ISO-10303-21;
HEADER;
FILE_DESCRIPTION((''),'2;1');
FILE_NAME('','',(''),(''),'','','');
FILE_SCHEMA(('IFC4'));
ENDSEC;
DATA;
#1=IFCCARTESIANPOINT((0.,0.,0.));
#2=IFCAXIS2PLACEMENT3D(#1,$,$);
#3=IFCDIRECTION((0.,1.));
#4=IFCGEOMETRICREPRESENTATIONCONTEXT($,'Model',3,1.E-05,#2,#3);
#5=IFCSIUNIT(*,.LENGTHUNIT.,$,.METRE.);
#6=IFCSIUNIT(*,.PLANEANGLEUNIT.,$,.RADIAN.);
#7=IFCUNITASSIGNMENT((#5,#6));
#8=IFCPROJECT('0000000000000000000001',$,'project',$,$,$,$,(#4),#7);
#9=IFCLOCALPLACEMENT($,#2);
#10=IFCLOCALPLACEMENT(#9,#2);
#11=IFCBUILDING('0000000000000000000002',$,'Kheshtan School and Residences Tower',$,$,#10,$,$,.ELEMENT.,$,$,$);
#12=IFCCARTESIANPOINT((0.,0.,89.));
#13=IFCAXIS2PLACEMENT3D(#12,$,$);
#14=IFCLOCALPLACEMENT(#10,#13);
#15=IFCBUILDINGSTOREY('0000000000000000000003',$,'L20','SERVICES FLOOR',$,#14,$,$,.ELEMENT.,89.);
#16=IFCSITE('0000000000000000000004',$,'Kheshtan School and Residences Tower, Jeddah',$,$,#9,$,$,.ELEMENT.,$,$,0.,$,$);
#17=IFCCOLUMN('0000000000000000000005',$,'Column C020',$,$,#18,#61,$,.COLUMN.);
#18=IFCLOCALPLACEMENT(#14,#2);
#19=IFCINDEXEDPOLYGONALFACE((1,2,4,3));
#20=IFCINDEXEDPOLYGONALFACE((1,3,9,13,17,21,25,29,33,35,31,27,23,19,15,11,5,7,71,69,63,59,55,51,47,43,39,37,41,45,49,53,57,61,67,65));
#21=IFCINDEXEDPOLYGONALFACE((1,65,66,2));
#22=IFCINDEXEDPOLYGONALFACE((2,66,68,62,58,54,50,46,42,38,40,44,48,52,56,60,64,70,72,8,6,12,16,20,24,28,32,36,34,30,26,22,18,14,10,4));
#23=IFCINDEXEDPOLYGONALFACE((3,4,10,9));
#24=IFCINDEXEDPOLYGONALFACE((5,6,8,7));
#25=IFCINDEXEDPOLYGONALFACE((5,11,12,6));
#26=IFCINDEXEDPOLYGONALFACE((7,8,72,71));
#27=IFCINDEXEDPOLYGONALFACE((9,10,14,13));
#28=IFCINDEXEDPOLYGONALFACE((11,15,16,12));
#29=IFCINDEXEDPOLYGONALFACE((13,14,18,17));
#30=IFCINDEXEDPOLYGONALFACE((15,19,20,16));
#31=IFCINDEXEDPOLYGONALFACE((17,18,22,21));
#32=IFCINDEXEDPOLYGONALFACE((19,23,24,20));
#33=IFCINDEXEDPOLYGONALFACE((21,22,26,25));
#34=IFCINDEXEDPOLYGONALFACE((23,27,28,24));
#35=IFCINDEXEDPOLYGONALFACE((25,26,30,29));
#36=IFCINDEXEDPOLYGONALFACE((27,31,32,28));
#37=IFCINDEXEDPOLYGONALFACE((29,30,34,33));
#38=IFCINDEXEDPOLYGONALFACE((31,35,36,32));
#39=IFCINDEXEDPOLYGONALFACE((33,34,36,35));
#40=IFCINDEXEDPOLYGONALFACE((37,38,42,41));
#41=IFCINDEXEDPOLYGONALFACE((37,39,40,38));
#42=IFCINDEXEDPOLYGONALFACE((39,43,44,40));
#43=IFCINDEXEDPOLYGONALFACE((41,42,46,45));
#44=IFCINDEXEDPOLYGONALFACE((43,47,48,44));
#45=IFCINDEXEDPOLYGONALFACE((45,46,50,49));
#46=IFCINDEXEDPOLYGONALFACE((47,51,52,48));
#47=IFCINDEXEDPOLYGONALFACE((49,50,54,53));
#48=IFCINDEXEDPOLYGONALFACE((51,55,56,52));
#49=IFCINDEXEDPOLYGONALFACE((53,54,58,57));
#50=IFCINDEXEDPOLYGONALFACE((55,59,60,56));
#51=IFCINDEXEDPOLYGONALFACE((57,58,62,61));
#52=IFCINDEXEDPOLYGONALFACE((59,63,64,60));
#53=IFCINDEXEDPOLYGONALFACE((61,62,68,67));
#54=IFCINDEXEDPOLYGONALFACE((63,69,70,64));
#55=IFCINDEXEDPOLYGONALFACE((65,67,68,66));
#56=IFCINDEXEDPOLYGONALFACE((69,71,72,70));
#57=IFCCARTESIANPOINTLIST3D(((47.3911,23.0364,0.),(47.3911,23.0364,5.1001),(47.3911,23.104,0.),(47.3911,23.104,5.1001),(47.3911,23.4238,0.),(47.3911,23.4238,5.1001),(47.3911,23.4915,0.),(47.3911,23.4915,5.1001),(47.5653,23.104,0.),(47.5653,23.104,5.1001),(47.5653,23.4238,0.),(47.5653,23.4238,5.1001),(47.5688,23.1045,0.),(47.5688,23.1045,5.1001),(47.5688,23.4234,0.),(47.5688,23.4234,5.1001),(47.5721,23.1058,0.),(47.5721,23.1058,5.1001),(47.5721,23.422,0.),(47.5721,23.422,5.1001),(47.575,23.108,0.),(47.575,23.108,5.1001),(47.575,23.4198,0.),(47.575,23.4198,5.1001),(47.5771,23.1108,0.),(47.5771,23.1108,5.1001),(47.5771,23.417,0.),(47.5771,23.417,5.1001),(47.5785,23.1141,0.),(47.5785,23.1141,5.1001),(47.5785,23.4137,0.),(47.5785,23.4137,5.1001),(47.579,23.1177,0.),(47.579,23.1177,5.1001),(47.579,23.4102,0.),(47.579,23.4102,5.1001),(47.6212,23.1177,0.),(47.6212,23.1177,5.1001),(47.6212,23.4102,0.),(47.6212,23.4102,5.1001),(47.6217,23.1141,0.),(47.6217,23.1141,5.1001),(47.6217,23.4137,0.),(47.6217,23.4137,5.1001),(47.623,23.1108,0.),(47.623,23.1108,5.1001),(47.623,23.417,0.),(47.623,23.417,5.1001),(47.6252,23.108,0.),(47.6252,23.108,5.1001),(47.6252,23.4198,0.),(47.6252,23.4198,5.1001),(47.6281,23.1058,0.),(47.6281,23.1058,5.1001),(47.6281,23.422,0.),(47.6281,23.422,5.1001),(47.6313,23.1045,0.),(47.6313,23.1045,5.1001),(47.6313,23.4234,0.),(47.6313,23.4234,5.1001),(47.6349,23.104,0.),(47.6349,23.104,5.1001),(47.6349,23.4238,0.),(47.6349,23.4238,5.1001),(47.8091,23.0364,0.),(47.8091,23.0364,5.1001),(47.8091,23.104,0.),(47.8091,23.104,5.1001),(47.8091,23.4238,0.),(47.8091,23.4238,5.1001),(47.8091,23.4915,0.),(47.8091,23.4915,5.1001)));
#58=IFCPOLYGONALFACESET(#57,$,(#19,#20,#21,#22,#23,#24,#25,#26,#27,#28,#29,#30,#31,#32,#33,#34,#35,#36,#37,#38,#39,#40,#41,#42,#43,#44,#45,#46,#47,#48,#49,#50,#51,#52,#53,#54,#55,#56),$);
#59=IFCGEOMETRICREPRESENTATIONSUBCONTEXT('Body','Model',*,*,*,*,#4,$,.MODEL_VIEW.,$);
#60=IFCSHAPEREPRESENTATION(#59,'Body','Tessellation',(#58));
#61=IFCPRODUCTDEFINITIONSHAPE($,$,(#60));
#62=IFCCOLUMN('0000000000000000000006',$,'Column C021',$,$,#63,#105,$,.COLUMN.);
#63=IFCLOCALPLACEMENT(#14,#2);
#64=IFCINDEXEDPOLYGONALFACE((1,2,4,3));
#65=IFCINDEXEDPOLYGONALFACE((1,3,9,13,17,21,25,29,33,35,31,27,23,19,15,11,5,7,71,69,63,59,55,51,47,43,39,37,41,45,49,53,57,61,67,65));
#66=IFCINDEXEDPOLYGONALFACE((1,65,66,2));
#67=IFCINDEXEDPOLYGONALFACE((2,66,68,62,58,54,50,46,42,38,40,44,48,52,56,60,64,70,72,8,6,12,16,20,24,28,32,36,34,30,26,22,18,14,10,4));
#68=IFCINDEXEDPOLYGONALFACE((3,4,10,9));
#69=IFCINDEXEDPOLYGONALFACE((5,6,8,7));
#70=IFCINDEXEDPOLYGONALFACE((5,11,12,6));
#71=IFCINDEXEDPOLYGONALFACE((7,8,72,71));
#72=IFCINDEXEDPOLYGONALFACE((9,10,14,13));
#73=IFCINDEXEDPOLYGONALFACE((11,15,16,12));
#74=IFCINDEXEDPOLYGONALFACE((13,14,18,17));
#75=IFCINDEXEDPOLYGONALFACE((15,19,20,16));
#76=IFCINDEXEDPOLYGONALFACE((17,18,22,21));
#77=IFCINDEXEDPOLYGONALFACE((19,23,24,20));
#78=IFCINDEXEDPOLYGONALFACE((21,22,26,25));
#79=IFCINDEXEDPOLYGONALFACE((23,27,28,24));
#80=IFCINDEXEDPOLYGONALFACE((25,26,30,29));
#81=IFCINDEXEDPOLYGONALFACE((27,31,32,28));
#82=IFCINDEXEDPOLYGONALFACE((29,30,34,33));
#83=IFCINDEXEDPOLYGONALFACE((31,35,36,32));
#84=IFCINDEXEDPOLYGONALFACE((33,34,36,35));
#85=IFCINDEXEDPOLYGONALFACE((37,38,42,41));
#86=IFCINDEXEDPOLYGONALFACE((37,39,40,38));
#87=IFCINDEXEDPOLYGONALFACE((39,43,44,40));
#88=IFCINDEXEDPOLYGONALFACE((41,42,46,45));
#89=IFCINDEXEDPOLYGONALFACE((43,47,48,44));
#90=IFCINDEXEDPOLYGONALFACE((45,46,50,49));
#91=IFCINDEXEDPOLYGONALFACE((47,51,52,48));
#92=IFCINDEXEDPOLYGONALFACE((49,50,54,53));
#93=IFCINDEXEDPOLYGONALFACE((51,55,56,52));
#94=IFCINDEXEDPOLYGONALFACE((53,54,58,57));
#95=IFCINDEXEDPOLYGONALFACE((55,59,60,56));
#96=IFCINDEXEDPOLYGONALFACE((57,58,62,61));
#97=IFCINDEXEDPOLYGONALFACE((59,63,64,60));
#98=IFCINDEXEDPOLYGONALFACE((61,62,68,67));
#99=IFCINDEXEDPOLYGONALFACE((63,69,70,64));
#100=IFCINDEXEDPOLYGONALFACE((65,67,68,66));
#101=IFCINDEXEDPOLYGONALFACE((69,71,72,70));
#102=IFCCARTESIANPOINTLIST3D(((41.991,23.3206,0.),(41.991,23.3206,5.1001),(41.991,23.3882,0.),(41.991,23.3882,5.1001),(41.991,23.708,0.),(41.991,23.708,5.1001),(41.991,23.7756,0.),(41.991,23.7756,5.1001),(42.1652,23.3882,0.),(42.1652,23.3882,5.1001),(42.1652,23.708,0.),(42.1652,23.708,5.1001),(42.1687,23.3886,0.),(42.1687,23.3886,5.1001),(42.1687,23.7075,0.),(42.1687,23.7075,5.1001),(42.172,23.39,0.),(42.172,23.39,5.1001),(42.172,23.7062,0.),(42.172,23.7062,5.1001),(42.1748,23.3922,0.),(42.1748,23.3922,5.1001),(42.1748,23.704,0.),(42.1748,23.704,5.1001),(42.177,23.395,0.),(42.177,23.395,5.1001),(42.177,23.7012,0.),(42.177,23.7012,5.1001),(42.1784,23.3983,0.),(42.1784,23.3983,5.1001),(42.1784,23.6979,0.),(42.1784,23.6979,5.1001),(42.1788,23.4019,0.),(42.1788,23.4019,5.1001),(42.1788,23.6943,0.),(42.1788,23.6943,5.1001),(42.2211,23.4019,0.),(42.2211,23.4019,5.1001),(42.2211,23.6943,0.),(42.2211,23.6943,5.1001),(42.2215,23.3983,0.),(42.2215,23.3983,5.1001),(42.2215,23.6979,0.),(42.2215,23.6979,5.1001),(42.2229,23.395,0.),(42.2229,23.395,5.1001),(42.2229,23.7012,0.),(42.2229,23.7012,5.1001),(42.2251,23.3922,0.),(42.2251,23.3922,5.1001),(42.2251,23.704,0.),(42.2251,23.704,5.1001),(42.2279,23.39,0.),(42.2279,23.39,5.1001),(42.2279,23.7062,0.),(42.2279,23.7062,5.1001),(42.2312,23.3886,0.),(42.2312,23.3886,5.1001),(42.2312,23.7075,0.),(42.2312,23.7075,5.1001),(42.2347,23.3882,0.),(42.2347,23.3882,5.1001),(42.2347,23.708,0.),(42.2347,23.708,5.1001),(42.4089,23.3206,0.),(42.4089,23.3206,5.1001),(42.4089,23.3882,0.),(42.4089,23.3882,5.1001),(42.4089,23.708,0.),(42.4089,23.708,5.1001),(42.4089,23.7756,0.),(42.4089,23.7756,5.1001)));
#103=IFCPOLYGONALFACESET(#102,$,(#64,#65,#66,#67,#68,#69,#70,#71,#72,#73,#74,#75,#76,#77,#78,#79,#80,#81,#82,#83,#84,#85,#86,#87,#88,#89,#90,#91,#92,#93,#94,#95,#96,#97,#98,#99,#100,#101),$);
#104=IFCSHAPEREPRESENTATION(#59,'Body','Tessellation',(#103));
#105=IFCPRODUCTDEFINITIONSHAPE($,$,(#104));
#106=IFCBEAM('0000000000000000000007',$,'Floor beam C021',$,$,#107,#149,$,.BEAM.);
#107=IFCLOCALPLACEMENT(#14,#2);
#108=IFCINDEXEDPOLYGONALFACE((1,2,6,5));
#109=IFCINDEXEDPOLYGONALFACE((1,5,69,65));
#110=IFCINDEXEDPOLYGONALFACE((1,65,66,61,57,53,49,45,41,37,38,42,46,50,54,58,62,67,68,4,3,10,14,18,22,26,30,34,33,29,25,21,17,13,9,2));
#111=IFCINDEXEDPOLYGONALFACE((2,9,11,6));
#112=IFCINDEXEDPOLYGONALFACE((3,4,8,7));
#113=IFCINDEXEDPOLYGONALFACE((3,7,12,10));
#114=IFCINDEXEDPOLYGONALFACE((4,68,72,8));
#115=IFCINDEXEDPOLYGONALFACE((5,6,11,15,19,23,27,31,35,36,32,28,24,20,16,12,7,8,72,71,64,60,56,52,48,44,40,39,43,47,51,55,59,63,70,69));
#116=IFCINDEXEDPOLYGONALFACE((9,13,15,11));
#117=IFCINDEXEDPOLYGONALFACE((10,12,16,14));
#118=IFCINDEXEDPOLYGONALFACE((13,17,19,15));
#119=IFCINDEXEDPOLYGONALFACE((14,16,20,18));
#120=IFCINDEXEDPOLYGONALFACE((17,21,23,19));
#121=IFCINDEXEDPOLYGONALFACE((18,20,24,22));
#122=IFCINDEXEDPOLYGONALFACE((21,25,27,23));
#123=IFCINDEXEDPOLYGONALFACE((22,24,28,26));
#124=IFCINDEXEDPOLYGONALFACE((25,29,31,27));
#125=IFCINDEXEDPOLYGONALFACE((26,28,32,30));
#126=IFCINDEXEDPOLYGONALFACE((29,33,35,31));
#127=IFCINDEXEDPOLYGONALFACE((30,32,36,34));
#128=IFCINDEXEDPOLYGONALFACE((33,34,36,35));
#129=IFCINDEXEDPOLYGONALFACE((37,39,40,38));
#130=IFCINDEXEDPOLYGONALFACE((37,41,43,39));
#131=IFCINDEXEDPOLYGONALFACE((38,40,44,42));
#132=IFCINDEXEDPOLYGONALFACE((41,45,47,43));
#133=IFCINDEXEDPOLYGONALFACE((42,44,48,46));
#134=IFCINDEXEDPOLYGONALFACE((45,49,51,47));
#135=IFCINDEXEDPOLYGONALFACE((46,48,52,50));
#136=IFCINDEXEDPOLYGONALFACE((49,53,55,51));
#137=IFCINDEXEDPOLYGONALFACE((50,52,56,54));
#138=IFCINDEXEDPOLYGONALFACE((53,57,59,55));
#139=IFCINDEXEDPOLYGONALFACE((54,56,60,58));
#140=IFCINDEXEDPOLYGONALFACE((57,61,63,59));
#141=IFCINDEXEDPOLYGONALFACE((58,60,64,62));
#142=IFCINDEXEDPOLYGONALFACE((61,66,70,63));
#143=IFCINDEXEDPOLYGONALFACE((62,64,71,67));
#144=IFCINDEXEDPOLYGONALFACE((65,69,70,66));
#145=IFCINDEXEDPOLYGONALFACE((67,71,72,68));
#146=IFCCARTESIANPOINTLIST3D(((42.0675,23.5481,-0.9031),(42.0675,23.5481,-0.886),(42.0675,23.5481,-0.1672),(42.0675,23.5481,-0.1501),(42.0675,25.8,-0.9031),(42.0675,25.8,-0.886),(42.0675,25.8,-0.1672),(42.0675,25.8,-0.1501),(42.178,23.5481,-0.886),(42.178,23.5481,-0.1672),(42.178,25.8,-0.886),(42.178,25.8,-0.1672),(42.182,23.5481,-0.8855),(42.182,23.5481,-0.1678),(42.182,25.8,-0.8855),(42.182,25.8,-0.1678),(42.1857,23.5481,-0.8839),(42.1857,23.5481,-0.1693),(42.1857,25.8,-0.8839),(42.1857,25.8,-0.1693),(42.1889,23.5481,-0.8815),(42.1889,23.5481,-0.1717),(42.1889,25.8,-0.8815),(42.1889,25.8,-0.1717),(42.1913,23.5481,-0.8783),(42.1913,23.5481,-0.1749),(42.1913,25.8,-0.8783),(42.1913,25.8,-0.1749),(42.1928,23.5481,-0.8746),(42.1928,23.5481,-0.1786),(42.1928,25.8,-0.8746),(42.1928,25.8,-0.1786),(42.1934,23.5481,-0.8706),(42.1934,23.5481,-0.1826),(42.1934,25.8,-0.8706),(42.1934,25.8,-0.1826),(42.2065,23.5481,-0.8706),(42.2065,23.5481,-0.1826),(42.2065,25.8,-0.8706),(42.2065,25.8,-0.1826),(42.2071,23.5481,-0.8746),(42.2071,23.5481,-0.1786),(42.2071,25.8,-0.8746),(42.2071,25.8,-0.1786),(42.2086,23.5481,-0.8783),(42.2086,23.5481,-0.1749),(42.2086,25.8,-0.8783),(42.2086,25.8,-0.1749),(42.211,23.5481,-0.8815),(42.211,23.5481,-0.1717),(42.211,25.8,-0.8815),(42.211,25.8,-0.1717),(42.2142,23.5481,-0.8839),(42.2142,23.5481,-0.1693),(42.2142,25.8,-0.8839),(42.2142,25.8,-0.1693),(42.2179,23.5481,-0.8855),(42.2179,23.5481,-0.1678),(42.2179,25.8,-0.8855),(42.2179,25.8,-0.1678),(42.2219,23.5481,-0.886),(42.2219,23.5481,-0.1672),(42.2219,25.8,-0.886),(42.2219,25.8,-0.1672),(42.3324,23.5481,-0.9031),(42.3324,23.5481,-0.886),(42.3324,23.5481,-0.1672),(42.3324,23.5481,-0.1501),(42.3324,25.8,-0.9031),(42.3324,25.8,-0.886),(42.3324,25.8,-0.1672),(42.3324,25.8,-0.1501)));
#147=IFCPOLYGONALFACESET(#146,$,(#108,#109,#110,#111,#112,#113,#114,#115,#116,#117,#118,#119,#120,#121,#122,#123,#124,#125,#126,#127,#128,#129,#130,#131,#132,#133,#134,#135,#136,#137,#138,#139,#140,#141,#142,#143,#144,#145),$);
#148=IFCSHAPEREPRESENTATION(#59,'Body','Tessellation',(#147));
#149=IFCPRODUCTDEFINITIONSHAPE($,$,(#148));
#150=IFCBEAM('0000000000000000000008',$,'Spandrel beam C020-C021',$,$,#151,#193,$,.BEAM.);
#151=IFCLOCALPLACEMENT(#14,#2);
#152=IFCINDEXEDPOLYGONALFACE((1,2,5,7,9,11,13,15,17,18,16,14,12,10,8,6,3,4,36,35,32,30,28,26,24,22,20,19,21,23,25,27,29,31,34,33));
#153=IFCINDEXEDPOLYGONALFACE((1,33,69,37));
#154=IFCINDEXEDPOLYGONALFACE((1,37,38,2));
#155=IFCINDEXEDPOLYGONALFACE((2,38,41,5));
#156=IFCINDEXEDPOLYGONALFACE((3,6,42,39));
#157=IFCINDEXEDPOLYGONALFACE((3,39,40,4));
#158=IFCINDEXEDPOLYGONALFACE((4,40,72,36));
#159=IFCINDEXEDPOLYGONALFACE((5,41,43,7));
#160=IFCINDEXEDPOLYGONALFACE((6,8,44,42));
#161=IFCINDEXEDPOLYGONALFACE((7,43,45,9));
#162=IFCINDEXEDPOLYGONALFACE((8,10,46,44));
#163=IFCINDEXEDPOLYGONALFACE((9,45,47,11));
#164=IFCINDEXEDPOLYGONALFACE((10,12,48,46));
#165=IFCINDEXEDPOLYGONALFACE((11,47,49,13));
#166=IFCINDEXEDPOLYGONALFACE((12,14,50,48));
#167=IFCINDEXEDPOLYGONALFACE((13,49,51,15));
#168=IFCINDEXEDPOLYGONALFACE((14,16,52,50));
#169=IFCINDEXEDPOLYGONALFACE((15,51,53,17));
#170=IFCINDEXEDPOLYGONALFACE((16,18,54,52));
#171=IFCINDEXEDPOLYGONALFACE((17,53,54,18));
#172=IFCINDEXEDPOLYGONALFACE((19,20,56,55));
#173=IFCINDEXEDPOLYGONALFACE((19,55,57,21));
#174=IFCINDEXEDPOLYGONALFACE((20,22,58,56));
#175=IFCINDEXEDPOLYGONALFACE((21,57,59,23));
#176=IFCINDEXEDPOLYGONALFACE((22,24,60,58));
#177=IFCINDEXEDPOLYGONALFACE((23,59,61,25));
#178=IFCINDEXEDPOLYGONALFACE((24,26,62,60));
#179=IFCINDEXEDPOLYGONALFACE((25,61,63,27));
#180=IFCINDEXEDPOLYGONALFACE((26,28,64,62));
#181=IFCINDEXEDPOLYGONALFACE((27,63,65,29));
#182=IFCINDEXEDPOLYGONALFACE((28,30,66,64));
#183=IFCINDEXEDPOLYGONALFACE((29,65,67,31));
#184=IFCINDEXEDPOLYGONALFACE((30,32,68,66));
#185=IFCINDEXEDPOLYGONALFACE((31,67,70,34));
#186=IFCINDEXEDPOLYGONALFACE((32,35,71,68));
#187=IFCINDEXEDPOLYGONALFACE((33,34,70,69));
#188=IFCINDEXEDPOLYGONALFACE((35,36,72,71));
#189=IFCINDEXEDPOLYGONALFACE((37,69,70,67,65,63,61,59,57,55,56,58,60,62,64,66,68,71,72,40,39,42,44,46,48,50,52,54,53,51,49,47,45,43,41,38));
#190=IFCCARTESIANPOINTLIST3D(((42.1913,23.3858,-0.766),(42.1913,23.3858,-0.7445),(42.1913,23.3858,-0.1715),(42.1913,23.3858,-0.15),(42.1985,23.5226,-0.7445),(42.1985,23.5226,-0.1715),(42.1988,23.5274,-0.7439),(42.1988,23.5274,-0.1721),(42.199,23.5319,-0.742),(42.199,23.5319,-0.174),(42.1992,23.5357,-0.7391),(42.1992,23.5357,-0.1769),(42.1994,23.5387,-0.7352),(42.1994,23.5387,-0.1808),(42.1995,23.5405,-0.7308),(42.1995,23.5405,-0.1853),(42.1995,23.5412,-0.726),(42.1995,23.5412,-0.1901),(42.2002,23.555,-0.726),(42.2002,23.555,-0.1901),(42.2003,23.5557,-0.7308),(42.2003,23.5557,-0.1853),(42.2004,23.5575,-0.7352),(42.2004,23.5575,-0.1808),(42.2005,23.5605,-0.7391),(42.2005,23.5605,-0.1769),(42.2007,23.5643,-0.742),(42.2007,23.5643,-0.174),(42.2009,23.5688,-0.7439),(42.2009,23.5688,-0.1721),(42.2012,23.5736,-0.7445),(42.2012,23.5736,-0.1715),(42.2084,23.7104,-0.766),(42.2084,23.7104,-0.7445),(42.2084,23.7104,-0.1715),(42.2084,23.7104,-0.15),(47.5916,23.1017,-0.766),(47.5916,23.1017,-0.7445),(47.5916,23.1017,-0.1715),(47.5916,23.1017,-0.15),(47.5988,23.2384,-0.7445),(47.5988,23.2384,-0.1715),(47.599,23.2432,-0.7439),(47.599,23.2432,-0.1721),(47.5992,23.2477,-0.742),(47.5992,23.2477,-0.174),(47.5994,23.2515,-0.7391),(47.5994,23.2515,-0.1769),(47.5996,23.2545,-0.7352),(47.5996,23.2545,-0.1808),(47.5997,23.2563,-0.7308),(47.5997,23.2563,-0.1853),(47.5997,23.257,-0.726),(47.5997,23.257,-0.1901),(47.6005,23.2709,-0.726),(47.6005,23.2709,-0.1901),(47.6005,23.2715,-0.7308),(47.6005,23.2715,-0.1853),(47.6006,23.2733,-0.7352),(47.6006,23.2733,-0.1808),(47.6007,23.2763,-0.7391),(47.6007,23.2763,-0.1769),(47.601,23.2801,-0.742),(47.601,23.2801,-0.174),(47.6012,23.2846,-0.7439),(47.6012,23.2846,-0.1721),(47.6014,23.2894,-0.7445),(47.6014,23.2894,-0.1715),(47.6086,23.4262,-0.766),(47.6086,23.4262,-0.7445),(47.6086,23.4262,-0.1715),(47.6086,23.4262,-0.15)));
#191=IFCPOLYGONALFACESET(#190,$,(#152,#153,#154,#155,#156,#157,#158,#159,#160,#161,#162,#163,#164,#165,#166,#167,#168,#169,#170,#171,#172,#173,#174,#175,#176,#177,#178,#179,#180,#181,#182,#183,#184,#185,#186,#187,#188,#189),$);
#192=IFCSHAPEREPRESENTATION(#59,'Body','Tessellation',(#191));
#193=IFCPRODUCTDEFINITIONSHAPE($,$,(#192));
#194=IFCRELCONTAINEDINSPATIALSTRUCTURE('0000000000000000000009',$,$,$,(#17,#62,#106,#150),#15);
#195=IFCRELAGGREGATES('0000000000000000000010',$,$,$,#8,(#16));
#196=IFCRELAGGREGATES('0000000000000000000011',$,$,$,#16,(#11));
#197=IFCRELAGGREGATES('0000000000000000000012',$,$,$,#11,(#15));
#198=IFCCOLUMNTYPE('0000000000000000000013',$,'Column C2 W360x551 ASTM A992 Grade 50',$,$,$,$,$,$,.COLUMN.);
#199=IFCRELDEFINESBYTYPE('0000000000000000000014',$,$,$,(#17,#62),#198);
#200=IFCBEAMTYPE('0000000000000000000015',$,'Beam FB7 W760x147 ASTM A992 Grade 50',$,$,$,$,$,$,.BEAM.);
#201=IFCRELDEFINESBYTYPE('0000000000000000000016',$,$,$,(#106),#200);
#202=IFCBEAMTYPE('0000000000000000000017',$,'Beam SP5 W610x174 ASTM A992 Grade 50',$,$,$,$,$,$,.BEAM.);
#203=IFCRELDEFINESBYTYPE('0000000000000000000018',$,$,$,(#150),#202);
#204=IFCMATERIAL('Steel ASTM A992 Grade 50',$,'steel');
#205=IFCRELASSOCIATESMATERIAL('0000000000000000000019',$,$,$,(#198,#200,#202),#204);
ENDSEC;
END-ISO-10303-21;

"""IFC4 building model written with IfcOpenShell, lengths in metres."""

from ifc_helpers import new_model, si_unit, direction, frame, origin, origin_2d, place, context, subcontext, project, spatial, i_section, extrude, material, material_profile, profile_set, type_object, element, save


model = new_model("IFC4")

# Units and contexts
model_context = context("Model", 3, precision=1e-05, world=origin(), true_north=direction((0.0, 1.0)))
body_context = subcontext(model_context, "Body", "Model", "MODEL_VIEW")
ifc_project = project(units=[si_unit("LENGTHUNIT", "METRE"), si_unit("PLANEANGLEUNIT", "RADIAN")], contexts=[model_context])

# Site, building, storey
site_placement = place(None, origin())
site = spatial("IfcSite", under=ifc_project, at=site_placement, Name="Kheshtan School and Residences Tower, Jeddah", CompositionType="ELEMENT", RefElevation=0.0)
building_placement = place(site_placement, origin())
building = spatial("IfcBuilding", under=site, at=building_placement, Name="Kheshtan School and Residences Tower", CompositionType="ELEMENT")
storey_placement = place(building_placement, frame((0.0, 0.0, 89.0)))
storey = spatial("IfcBuildingStorey", under=building, at=storey_placement, Name="L20", Description="SERVICES FLOOR", CompositionType="ELEMENT", Elevation=89.0)

# Columns
ifc_material_1 = material(Name="Steel ASTM A992 Grade 50", Category="steel")
ifc_material_profile_1 = material_profile(ifc_material_1, i_section(OverallWidth=0.418, OverallDepth=0.4551, WebThickness=0.0422, FlangeThickness=0.0676, FilletRadius=0.0137, at=origin_2d()), Name="W360x551")
ifc_profile_set_1 = profile_set([ifc_material_profile_1], Name="Steel ASTM A992 Grade 50")
column_type = type_object("IfcColumnType", Name="Column C2 W360x551 ASTM A992 Grade 50", PredefinedType="COLUMN", material=ifc_profile_set_1)
for number, where, z_axis, x_axis, name in (
    (1, (47.6001, 23.2639, 0.0), (0.0, 0.0, 1.0), (1.0, 0.0, 0.0), "Column C020"),
    (2, (42.2, 23.5481, 0.0), (0.0, 0.0, 1.0), (1.0, 0.0, 0.0), "Column C021"),
):
    element("IfcColumn", number, at=place(storey_placement, frame(where, z_axis=z_axis, x_axis=x_axis)), inside=storey, type_object=column_type, Name=name, PredefinedType="COLUMN", context=body_context, shape_type="SweptSolid", body=[
        extrude(i_section(OverallWidth=0.418, OverallDepth=0.4551, WebThickness=0.0422, FlangeThickness=0.0676, FilletRadius=0.0137, at=origin_2d()), origin(), (0.0, 0.0, 1.0), 5.1001),
    ])

# Beams
ifc_material_profile_2 = material_profile(ifc_material_1, i_section(OverallWidth=0.2649, OverallDepth=0.7529, WebThickness=0.0132, FlangeThickness=0.0171, FilletRadius=0.0154, at=origin_2d()), Name="W760x147")
ifc_profile_set_2 = profile_set([ifc_material_profile_2], Name="Steel ASTM A992 Grade 50")
beam_type_1 = type_object("IfcBeamType", Name="Beam FB7 W760x147 ASTM A992 Grade 50", PredefinedType="BEAM", material=ifc_profile_set_2)
beam_1_placement = place(storey_placement, frame((42.2, 23.5481, -0.5266), z_axis=(0.0, 1.0, 0.0), x_axis=(-1.0, 0.0, 0.0)))
element("IfcBeam", 3, at=beam_1_placement, inside=storey, type_object=beam_type_1, Name="Floor beam C021", PredefinedType="BEAM", context=body_context, shape_type="SweptSolid", body=[
    extrude(i_section(OverallWidth=0.2649, OverallDepth=0.7529, WebThickness=0.0132, FlangeThickness=0.0171, FilletRadius=0.0154, at=origin_2d()), origin(), (0.0, 0.0, 1.0), 2.252),
])
ifc_material_profile_3 = material_profile(ifc_material_1, i_section(OverallWidth=0.325, OverallDepth=0.616, WebThickness=0.0139, FlangeThickness=0.0215, FilletRadius=0.0186, at=origin_2d()), Name="W610x174")
ifc_profile_set_3 = profile_set([ifc_material_profile_3], Name="Steel ASTM A992 Grade 50")
beam_type_2 = type_object("IfcBeamType", Name="Beam SP5 W610x174 ASTM A992 Grade 50", PredefinedType="BEAM", material=ifc_profile_set_3)
beam_2_placement = place(storey_placement, frame((47.6001, 23.2639, -0.458), z_axis=(-0.998618, 0.052552, 0.0), x_axis=(-0.052552, -0.998618, 0.0)))
element("IfcBeam", 4, at=beam_2_placement, inside=storey, type_object=beam_type_2, Name="Spandrel beam C020-C021", PredefinedType="BEAM", context=body_context, shape_type="SweptSolid", body=[
    extrude(i_section(OverallWidth=0.325, OverallDepth=0.616, WebThickness=0.0139, FlangeThickness=0.0215, FilletRadius=0.0186, at=origin_2d()), origin(), (0.0, 0.0, 1.0), 5.4077),
])

save(model, "model.ifc")
